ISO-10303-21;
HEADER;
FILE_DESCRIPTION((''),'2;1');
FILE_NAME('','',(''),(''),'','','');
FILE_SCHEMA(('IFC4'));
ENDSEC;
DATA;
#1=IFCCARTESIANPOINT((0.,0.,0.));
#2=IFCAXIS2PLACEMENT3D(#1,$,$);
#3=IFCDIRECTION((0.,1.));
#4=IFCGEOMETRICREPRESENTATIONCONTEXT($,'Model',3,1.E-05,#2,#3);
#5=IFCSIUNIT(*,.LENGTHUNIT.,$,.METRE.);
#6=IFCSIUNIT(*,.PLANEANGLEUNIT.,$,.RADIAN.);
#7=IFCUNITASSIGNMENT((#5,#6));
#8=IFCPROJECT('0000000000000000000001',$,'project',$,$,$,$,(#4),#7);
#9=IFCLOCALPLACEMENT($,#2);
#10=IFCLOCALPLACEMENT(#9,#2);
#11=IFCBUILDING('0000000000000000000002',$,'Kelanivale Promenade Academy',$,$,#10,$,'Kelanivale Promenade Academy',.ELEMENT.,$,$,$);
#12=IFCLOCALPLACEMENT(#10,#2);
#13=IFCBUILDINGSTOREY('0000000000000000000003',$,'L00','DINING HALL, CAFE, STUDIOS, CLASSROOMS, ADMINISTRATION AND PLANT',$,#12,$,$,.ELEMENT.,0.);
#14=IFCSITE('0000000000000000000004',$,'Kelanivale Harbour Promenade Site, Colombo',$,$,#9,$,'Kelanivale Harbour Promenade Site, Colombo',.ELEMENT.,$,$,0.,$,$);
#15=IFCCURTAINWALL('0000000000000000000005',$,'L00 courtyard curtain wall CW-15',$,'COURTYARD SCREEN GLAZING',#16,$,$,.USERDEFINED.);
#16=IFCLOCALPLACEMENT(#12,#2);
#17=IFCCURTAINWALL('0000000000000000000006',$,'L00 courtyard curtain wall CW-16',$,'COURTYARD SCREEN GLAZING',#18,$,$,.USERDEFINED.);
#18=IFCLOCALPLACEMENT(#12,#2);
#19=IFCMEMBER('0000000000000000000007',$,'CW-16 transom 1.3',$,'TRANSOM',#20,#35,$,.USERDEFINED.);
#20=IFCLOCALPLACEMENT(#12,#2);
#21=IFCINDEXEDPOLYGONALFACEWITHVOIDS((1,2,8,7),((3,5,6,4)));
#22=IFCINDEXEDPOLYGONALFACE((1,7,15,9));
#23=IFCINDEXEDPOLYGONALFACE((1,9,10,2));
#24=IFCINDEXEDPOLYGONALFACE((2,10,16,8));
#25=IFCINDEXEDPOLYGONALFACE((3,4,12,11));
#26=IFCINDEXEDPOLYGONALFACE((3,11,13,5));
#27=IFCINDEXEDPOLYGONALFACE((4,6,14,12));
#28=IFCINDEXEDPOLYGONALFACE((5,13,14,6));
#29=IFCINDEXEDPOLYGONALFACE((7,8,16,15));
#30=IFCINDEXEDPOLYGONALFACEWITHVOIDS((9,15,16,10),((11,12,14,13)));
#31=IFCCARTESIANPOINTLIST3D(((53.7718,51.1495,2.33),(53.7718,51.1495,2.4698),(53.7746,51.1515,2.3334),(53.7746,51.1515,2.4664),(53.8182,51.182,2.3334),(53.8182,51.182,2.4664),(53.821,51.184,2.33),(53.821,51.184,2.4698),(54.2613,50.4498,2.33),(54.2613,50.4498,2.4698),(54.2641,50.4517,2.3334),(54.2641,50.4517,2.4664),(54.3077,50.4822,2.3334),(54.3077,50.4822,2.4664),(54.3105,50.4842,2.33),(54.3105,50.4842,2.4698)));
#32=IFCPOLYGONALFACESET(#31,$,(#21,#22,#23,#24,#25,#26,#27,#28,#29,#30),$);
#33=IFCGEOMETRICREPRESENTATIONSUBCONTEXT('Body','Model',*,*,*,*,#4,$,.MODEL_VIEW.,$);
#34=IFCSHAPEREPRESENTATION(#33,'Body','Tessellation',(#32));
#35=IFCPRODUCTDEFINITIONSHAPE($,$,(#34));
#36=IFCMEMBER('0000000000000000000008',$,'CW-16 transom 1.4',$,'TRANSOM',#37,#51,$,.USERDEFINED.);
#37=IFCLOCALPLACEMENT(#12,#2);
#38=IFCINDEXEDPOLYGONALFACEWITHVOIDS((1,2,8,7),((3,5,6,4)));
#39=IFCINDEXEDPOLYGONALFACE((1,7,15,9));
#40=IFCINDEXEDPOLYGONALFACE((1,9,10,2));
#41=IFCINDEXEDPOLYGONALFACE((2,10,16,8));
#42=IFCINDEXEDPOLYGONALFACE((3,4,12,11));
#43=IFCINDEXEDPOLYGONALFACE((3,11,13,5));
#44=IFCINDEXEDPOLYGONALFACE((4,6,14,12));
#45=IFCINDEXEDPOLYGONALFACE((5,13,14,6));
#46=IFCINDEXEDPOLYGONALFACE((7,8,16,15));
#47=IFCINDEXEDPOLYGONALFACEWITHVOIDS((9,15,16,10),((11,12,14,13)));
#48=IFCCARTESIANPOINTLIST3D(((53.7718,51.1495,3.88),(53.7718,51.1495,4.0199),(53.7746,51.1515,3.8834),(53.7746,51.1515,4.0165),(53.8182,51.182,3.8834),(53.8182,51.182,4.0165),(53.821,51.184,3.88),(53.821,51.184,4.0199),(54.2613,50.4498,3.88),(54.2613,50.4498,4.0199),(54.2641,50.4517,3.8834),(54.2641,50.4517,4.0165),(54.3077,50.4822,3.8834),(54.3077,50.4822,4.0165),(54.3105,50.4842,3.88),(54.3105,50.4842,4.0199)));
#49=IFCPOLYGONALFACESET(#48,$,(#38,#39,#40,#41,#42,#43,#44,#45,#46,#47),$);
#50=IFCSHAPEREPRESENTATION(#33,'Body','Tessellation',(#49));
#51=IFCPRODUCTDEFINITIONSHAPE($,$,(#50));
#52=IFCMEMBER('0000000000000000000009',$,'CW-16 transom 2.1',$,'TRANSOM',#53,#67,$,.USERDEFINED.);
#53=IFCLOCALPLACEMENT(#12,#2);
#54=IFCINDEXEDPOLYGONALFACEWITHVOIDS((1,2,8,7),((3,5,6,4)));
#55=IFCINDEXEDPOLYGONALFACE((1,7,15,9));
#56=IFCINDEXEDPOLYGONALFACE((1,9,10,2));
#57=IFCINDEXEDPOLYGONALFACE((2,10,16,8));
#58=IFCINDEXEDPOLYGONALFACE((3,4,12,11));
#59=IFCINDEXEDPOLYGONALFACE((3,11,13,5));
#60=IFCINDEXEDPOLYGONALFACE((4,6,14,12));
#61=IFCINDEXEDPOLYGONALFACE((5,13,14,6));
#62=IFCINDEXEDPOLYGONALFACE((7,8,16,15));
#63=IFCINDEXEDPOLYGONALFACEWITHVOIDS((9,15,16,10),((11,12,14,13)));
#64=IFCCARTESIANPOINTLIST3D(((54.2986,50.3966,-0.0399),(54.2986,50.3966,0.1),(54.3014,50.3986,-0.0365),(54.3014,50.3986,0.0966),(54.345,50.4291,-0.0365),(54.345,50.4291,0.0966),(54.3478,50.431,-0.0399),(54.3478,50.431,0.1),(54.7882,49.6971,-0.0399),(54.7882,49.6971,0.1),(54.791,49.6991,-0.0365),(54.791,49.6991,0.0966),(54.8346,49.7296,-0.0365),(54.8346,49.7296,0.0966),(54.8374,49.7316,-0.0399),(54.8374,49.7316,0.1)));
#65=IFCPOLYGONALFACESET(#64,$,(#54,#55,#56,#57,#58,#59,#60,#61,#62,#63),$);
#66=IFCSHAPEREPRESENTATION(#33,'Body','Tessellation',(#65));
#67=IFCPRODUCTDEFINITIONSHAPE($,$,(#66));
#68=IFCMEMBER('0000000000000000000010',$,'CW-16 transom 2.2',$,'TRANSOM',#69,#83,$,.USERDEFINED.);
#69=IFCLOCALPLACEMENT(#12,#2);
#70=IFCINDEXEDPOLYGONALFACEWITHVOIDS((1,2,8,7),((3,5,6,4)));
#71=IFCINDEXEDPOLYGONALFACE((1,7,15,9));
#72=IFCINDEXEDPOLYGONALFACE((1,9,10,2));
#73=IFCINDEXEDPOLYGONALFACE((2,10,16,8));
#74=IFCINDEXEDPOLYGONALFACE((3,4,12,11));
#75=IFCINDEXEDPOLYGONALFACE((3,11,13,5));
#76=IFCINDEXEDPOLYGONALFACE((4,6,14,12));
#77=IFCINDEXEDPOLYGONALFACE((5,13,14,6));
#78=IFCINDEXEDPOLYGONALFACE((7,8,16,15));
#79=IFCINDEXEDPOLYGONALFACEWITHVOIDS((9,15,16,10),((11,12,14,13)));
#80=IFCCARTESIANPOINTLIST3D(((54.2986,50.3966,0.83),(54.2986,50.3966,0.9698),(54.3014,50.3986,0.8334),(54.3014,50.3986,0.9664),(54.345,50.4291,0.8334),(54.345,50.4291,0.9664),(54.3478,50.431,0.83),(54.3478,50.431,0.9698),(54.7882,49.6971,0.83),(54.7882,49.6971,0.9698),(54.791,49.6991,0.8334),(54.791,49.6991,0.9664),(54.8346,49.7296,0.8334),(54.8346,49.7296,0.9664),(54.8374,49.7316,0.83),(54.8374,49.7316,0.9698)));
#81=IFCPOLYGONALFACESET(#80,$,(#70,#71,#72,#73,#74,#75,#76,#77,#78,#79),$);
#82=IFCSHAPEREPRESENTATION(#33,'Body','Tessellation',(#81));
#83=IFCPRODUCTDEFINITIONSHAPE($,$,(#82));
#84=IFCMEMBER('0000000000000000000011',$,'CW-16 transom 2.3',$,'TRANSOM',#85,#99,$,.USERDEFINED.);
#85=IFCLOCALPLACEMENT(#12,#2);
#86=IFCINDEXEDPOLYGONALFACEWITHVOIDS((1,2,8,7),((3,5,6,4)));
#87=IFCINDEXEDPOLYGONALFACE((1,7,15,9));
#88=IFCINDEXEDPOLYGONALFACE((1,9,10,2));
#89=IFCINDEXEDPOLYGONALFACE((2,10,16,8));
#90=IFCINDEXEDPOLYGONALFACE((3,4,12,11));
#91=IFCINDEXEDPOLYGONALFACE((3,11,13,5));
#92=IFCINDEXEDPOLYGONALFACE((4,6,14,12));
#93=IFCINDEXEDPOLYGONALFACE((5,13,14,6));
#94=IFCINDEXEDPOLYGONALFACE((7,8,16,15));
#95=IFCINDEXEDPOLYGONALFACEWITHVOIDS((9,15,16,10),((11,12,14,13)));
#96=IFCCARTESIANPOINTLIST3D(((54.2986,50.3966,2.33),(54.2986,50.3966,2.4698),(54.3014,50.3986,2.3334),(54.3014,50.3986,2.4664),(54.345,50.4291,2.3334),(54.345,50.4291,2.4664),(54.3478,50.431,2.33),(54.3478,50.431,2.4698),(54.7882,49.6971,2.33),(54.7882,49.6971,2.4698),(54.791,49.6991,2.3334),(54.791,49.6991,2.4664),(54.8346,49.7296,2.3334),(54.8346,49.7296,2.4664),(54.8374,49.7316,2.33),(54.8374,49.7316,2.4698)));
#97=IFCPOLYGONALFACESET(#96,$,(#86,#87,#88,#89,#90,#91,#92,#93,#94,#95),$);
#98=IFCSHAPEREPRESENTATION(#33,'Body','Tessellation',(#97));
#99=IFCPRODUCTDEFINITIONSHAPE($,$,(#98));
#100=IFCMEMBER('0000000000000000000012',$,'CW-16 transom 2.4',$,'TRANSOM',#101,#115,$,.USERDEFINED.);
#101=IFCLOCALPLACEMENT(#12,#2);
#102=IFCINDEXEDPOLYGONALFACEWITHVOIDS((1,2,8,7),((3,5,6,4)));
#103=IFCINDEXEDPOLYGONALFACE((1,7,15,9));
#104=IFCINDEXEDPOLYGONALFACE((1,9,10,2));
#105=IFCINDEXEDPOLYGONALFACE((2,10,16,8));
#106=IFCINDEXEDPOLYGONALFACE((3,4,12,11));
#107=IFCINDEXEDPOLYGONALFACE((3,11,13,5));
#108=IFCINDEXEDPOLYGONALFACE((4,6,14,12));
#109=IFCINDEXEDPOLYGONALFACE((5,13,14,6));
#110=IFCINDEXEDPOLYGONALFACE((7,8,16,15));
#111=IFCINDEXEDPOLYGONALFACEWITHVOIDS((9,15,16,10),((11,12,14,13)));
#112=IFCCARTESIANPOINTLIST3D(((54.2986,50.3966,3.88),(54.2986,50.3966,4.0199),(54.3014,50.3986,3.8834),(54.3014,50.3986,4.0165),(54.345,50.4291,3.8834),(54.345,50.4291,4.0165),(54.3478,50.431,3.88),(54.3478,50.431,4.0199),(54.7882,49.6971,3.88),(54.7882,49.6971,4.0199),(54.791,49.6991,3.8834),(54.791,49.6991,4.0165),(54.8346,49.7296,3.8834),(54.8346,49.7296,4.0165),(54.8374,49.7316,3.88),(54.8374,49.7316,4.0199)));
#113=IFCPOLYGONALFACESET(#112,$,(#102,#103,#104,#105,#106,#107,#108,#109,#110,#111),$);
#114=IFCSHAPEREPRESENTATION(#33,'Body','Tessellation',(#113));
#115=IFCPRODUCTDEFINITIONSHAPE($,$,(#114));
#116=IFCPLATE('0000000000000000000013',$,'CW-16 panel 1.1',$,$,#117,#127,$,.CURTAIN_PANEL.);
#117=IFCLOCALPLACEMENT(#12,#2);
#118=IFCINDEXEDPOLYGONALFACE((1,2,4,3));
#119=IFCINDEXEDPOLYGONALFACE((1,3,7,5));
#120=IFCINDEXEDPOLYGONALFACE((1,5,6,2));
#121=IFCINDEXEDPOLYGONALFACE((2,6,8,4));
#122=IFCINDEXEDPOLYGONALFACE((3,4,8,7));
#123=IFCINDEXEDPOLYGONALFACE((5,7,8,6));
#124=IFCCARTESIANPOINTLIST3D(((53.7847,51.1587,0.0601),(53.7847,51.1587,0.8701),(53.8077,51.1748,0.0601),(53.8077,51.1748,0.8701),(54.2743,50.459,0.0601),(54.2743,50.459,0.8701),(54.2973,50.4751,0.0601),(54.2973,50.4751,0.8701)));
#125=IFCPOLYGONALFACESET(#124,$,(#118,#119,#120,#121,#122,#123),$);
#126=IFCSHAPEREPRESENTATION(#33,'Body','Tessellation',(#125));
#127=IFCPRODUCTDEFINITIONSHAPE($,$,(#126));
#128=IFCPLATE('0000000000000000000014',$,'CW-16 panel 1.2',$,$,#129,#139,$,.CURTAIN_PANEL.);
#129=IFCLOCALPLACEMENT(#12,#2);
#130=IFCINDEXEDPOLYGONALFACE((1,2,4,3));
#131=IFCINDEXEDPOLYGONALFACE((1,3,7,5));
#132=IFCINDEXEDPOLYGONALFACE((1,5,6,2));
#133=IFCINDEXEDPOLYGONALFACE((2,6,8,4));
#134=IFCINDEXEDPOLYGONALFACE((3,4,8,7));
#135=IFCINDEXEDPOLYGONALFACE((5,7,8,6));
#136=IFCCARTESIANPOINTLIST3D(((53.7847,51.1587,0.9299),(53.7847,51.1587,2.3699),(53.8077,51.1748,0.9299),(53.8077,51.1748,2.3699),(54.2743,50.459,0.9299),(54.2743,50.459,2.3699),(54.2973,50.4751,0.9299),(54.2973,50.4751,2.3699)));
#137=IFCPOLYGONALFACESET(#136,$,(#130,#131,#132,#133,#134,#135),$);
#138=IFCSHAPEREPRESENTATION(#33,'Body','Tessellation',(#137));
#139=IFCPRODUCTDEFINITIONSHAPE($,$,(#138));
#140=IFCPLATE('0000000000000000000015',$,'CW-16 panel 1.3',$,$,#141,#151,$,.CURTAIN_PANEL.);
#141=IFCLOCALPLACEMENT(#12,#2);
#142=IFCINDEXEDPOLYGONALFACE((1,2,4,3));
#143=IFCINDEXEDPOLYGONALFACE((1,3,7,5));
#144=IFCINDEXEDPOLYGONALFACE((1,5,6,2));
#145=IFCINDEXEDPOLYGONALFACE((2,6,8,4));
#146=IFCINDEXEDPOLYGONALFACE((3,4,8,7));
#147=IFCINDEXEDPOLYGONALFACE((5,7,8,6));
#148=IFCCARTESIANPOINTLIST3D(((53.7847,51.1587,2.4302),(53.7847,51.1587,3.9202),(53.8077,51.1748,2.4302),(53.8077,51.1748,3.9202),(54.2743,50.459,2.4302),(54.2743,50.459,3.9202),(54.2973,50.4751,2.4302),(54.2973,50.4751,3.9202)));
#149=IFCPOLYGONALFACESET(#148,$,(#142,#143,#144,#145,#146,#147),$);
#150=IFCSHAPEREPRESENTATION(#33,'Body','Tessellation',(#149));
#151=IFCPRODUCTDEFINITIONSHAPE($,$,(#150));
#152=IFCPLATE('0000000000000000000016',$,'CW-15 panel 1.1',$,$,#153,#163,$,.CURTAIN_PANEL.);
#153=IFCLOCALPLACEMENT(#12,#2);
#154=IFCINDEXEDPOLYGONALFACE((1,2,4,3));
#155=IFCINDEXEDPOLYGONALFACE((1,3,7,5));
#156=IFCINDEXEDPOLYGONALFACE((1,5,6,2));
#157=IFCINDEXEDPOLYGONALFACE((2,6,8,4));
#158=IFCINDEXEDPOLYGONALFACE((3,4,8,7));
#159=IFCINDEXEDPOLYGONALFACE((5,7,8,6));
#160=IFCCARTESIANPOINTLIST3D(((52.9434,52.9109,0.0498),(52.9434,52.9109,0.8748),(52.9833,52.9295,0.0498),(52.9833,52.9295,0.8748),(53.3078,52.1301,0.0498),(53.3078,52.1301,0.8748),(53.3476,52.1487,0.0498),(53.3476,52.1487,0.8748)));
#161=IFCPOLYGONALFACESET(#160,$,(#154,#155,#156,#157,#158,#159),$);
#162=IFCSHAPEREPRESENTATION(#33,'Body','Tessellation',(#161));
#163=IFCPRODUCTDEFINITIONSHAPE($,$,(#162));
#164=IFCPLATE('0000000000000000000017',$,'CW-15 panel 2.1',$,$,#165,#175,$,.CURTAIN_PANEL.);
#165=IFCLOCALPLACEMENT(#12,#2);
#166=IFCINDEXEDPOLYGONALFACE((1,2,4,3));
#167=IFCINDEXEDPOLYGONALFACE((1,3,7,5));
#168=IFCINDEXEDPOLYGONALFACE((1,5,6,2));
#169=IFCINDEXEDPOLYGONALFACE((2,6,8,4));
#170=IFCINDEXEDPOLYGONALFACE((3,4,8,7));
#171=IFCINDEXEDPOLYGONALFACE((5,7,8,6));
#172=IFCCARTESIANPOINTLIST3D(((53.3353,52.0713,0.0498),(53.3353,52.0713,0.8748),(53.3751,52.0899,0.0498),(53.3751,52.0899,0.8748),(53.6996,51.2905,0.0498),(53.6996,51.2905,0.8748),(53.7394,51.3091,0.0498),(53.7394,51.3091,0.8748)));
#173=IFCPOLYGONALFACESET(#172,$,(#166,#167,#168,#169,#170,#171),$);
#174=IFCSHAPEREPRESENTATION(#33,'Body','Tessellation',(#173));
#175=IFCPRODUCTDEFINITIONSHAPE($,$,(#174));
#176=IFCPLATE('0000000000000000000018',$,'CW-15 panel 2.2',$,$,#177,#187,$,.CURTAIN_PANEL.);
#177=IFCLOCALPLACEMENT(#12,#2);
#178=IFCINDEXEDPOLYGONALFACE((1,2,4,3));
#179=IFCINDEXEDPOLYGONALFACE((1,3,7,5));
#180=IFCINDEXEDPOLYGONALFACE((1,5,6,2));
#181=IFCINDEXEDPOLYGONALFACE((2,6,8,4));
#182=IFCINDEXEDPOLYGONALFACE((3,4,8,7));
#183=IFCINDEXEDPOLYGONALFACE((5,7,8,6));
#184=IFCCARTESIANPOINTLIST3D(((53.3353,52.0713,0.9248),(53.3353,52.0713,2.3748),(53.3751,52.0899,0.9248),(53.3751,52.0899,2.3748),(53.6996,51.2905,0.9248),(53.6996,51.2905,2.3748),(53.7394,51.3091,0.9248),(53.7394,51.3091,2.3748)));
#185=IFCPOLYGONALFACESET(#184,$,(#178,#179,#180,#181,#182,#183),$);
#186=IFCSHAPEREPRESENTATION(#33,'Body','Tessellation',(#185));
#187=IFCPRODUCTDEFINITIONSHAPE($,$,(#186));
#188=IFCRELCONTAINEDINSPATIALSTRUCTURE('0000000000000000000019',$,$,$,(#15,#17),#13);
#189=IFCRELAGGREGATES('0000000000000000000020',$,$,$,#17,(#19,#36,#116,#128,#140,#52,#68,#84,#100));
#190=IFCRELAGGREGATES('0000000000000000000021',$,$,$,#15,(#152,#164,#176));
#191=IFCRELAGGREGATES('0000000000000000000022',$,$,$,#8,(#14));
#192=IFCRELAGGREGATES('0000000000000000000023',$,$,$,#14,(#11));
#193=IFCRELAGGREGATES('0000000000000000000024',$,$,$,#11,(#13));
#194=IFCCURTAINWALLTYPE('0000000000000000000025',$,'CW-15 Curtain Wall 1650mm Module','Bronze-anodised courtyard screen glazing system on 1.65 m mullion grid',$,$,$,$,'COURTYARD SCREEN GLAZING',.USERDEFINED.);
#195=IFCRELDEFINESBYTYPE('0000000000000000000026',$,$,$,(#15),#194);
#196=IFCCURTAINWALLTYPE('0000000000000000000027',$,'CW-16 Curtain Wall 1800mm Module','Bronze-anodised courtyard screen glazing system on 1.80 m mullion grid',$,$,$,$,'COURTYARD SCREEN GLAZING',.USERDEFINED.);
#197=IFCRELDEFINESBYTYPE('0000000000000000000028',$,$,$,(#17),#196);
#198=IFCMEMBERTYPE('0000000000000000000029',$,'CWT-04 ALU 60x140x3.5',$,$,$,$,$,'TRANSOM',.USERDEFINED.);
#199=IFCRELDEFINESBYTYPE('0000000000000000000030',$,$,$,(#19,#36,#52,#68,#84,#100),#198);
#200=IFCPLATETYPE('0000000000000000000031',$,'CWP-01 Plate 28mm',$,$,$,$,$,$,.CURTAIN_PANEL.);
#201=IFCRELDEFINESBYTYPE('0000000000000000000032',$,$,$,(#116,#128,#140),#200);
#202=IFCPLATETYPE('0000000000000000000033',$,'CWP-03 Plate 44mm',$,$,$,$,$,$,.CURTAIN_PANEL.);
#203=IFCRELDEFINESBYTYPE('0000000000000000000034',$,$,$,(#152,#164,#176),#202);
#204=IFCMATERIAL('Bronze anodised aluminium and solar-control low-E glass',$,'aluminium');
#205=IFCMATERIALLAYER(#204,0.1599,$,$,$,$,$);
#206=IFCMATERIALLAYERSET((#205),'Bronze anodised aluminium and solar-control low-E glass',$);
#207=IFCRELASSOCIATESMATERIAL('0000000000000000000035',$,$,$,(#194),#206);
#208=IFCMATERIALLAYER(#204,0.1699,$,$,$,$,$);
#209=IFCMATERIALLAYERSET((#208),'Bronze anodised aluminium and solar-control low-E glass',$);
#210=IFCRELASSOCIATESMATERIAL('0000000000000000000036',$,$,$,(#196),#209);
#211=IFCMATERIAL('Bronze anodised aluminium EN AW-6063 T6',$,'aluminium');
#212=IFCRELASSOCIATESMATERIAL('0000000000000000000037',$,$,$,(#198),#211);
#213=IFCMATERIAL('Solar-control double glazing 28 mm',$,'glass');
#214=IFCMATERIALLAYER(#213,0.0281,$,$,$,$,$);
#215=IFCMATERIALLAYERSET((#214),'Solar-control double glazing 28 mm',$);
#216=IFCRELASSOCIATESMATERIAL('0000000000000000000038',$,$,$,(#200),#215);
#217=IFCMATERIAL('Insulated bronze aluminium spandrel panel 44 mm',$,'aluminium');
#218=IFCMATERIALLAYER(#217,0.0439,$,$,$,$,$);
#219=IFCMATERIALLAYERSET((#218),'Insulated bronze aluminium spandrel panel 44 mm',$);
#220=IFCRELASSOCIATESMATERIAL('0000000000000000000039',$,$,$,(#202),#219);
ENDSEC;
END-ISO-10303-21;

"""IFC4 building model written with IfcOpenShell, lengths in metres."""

from ifc_helpers import new_model, si_unit, direction, frame, origin, origin_2d, place, context, subcontext, project, spatial, rectangle, hollow_rectangle, extrude, material, layer, layer_set, material_profile, profile_set, type_object, element, aggregate, save


model = new_model("IFC4")

# Units and contexts
model_context = context("Model", 3, precision=1e-05, world=origin(), true_north=direction((0.0, 1.0)))
body_context = subcontext(model_context, "Body", "Model", "MODEL_VIEW")
ifc_project = project(units=[si_unit("LENGTHUNIT", "METRE"), si_unit("PLANEANGLEUNIT", "RADIAN")], contexts=[model_context])

# Site, building, storey
site_placement = place(None, origin())
site = spatial("IfcSite", under=ifc_project, at=site_placement, Name="Kelanivale Harbour Promenade Site, Colombo", LongName="Kelanivale Harbour Promenade Site, Colombo", CompositionType="ELEMENT", RefElevation=0.0)
building_placement = place(site_placement, origin())
building = spatial("IfcBuilding", under=site, at=building_placement, Name="Kelanivale Promenade Academy", LongName="Kelanivale Promenade Academy", CompositionType="ELEMENT")
storey_placement = place(building_placement, origin())
storey = spatial("IfcBuildingStorey", under=building, at=storey_placement, Name="L00", Description="DINING HALL, CAFE, STUDIOS, CLASSROOMS, ADMINISTRATION AND PLANT", CompositionType="ELEMENT", Elevation=0.0)

# Curtain walls
ifc_material_1 = material(Name="Bronze anodised aluminium and solar-control low-E glass", Category="aluminium")
ifc_layer_1 = layer(ifc_material_1, 0.1599)
ifc_layer_set_1 = layer_set([ifc_layer_1], Name="Bronze anodised aluminium and solar-control low-E glass")
curtain_wall_type_1 = type_object("IfcCurtainWallType", Name="CW-15 Curtain Wall 1650mm Module", Description="Bronze-anodised courtyard screen glazing system on 1.65 m mullion grid", ElementType="COURTYARD SCREEN GLAZING", PredefinedType="USERDEFINED", material=ifc_layer_set_1)
curtain_wall_1_placement = place(storey_placement, origin())
curtain_wall_1 = element("IfcCurtainWall", 1, at=curtain_wall_1_placement, inside=storey, type_object=curtain_wall_type_1, Name="L00 courtyard curtain wall CW-15", ObjectType="COURTYARD SCREEN GLAZING", PredefinedType="USERDEFINED")
ifc_material_2 = material(Name="Bronze anodised aluminium EN AW-6063 T6", Category="aluminium")
ifc_layer_2 = layer(ifc_material_1, 0.1699)
ifc_layer_set_2 = layer_set([ifc_layer_2], Name="Bronze anodised aluminium and solar-control low-E glass")
curtain_wall_type_2 = type_object("IfcCurtainWallType", Name="CW-16 Curtain Wall 1800mm Module", Description="Bronze-anodised courtyard screen glazing system on 1.80 m mullion grid", ElementType="COURTYARD SCREEN GLAZING", PredefinedType="USERDEFINED", material=ifc_layer_set_2)
curtain_wall_2_placement = place(storey_placement, origin())
curtain_wall_2 = element("IfcCurtainWall", 2, at=curtain_wall_2_placement, inside=storey, type_object=curtain_wall_type_2, Name="L00 courtyard curtain wall CW-16", ObjectType="COURTYARD SCREEN GLAZING", PredefinedType="USERDEFINED")

# Members
ifc_material_profile_1 = material_profile(ifc_material_2, hollow_rectangle(XDim=0.0601, YDim=0.1399, WallThickness=0.0034, at=origin_2d()), Name="ALU 60x140x3.5")
ifc_profile_set_1 = profile_set([ifc_material_profile_1], Name="Bronze anodised aluminium EN AW-6063 T6")
member_type_1 = type_object("IfcMemberType", Name="CWT-04 ALU 60x140x3.5", ElementType="TRANSOM", PredefinedType="USERDEFINED", material=ifc_profile_set_1)
member_1_placement = place(storey_placement, frame((53.7964, 51.1667, 2.3999), z_axis=(0.573232, -0.819393, 0.0), x_axis=(0.819393, 0.573232, 0.0)))
member_1 = element("IfcMember", 3, at=member_1_placement, type_object=member_type_1, Name="CW-16 transom 1.3", ObjectType="TRANSOM", PredefinedType="USERDEFINED", context=body_context, shape_type="SweptSolid", body=[
    extrude(hollow_rectangle(XDim=0.0601, YDim=0.1399, WallThickness=0.0034, at=origin_2d()), origin(), (0.0, 0.0, 1.0), 0.854),
])
member_2_placement = place(storey_placement, frame((53.7964, 51.1667, 3.95), z_axis=(0.573232, -0.819393, 0.0), x_axis=(0.819393, 0.573232, 0.0)))
member_2 = element("IfcMember", 4, at=member_2_placement, type_object=member_type_1, Name="CW-16 transom 1.4", ObjectType="TRANSOM", PredefinedType="USERDEFINED", context=body_context, shape_type="SweptSolid", body=[
    extrude(hollow_rectangle(XDim=0.0601, YDim=0.1399, WallThickness=0.0034, at=origin_2d()), origin(), (0.0, 0.0, 1.0), 0.854),
])
member_3_placement = place(storey_placement, frame((54.3232, 50.4138, 0.03), z_axis=(0.573366, -0.819299, 0.0), x_axis=(0.819299, 0.573366, 0.0)))
member_3 = element("IfcMember", 5, at=member_3_placement, type_object=member_type_1, Name="CW-16 transom 2.1", ObjectType="TRANSOM", PredefinedType="USERDEFINED", context=body_context, shape_type="SweptSolid", body=[
    extrude(hollow_rectangle(XDim=0.0601, YDim=0.1399, WallThickness=0.0034, at=origin_2d()), origin(), (0.0, 0.0, 1.0), 0.8538),
])
member_4_placement = place(storey_placement, frame((54.3232, 50.4138, 0.8999), z_axis=(0.573366, -0.819299, 0.0), x_axis=(0.819299, 0.573366, 0.0)))
member_4 = element("IfcMember", 6, at=member_4_placement, type_object=member_type_1, Name="CW-16 transom 2.2", ObjectType="TRANSOM", PredefinedType="USERDEFINED", context=body_context, shape_type="SweptSolid", body=[
    extrude(hollow_rectangle(XDim=0.0601, YDim=0.1399, WallThickness=0.0034, at=origin_2d()), origin(), (0.0, 0.0, 1.0), 0.8538),
])
member_5_placement = place(storey_placement, frame((54.3232, 50.4138, 2.3999), z_axis=(0.573366, -0.819299, 0.0), x_axis=(0.819299, 0.573366, 0.0)))
member_5 = element("IfcMember", 7, at=member_5_placement, type_object=member_type_1, Name="CW-16 transom 2.3", ObjectType="TRANSOM", PredefinedType="USERDEFINED", context=body_context, shape_type="SweptSolid", body=[
    extrude(hollow_rectangle(XDim=0.0601, YDim=0.1399, WallThickness=0.0034, at=origin_2d()), origin(), (0.0, 0.0, 1.0), 0.8538),
])
member_6_placement = place(storey_placement, frame((54.3232, 50.4138, 3.95), z_axis=(0.573366, -0.819299, 0.0), x_axis=(0.819299, 0.573366, 0.0)))
member_6 = element("IfcMember", 8, at=member_6_placement, type_object=member_type_1, Name="CW-16 transom 2.4", ObjectType="TRANSOM", PredefinedType="USERDEFINED", context=body_context, shape_type="SweptSolid", body=[
    extrude(hollow_rectangle(XDim=0.0601, YDim=0.1399, WallThickness=0.0034, at=origin_2d()), origin(), (0.0, 0.0, 1.0), 0.8538),
])

# Plates
ifc_material_3 = material(Name="Solar-control double glazing 28 mm", Category="glass")
ifc_layer_3 = layer(ifc_material_3, 0.0281)
ifc_layer_set_3 = layer_set([ifc_layer_3], Name="Solar-control double glazing 28 mm")
plate_type_1 = type_object("IfcPlateType", Name="CWP-01 Plate 28mm", PredefinedType="CURTAIN_PANEL", material=ifc_layer_set_3)
plate_1_placement = place(storey_placement, frame((54.041, 50.8169, 0.0601), z_axis=(0.0, 0.0, 1.0), x_axis=(0.573357, -0.819306, 0.0)))
plate_1 = element("IfcPlate", 9, at=plate_1_placement, type_object=plate_type_1, Name="CW-16 panel 1.1", PredefinedType="CURTAIN_PANEL", context=body_context, shape_type="SweptSolid", body=[
    extrude(rectangle(XDim=0.854, YDim=0.0281, at=origin_2d()), origin(), (0.0, 0.0, 1.0), 0.8101),
])
plate_2_placement = place(storey_placement, frame((54.041, 50.8169, 0.9299), z_axis=(0.0, 0.0, 1.0), x_axis=(0.573357, -0.819306, 0.0)))
plate_2 = element("IfcPlate", 10, at=plate_2_placement, type_object=plate_type_1, Name="CW-16 panel 1.2", PredefinedType="CURTAIN_PANEL", context=body_context, shape_type="SweptSolid", body=[
    extrude(rectangle(XDim=0.854, YDim=0.0281, at=origin_2d()), origin(), (0.0, 0.0, 1.0), 1.4399),
])
plate_3_placement = place(storey_placement, frame((54.041, 50.8169, 2.4302), z_axis=(0.0, 0.0, 1.0), x_axis=(0.573357, -0.819306, 0.0)))
plate_3 = element("IfcPlate", 11, at=plate_3_placement, type_object=plate_type_1, Name="CW-16 panel 1.3", PredefinedType="CURTAIN_PANEL", context=body_context, shape_type="SweptSolid", body=[
    extrude(rectangle(XDim=0.854, YDim=0.0281, at=origin_2d()), origin(), (0.0, 0.0, 1.0), 1.49),
])
aggregate(curtain_wall_2, [member_1, member_2, plate_1, plate_2, plate_3, member_3, member_4, member_5, member_6])
ifc_material_4 = material(Name="Insulated bronze aluminium spandrel panel 44 mm", Category="aluminium")
ifc_layer_4 = layer(ifc_material_4, 0.0439)
ifc_layer_set_4 = layer_set([ifc_layer_4], Name="Insulated bronze aluminium spandrel panel 44 mm")
plate_type_2 = type_object("IfcPlateType", Name="CWP-03 Plate 44mm", PredefinedType="CURTAIN_PANEL", material=ifc_layer_set_4)
plate_4_placement = place(storey_placement, frame((53.1455, 52.5298, 0.0498), z_axis=(0.0, 0.0, 1.0), x_axis=(0.422857, -0.906196, 0.0)))
plate_4 = element("IfcPlate", 12, at=plate_4_placement, type_object=plate_type_2, Name="CW-15 panel 1.1", PredefinedType="CURTAIN_PANEL", context=body_context, shape_type="SweptSolid", body=[
    extrude(rectangle(XDim=0.8616, YDim=0.0439, at=origin_2d()), origin(), (0.0, 0.0, 1.0), 0.825),
])
plate_5_placement = place(storey_placement, frame((53.5374, 51.6902, 0.0498), z_axis=(0.0, 0.0, 1.0), x_axis=(0.422857, -0.906196, 0.0)))
plate_5 = element("IfcPlate", 13, at=plate_5_placement, type_object=plate_type_2, Name="CW-15 panel 2.1", PredefinedType="CURTAIN_PANEL", context=body_context, shape_type="SweptSolid", body=[
    extrude(rectangle(XDim=0.8616, YDim=0.0439, at=origin_2d()), origin(), (0.0, 0.0, 1.0), 0.825),
])
plate_6_placement = place(storey_placement, frame((53.5374, 51.6902, 0.9248), z_axis=(0.0, 0.0, 1.0), x_axis=(0.422857, -0.906196, 0.0)))
plate_6 = element("IfcPlate", 14, at=plate_6_placement, type_object=plate_type_2, Name="CW-15 panel 2.2", PredefinedType="CURTAIN_PANEL", context=body_context, shape_type="SweptSolid", body=[
    extrude(rectangle(XDim=0.8616, YDim=0.0439, at=origin_2d()), origin(), (0.0, 0.0, 1.0), 1.45),
])
aggregate(curtain_wall_1, [plate_4, plate_5, plate_6])

save(model, "model.ifc")
